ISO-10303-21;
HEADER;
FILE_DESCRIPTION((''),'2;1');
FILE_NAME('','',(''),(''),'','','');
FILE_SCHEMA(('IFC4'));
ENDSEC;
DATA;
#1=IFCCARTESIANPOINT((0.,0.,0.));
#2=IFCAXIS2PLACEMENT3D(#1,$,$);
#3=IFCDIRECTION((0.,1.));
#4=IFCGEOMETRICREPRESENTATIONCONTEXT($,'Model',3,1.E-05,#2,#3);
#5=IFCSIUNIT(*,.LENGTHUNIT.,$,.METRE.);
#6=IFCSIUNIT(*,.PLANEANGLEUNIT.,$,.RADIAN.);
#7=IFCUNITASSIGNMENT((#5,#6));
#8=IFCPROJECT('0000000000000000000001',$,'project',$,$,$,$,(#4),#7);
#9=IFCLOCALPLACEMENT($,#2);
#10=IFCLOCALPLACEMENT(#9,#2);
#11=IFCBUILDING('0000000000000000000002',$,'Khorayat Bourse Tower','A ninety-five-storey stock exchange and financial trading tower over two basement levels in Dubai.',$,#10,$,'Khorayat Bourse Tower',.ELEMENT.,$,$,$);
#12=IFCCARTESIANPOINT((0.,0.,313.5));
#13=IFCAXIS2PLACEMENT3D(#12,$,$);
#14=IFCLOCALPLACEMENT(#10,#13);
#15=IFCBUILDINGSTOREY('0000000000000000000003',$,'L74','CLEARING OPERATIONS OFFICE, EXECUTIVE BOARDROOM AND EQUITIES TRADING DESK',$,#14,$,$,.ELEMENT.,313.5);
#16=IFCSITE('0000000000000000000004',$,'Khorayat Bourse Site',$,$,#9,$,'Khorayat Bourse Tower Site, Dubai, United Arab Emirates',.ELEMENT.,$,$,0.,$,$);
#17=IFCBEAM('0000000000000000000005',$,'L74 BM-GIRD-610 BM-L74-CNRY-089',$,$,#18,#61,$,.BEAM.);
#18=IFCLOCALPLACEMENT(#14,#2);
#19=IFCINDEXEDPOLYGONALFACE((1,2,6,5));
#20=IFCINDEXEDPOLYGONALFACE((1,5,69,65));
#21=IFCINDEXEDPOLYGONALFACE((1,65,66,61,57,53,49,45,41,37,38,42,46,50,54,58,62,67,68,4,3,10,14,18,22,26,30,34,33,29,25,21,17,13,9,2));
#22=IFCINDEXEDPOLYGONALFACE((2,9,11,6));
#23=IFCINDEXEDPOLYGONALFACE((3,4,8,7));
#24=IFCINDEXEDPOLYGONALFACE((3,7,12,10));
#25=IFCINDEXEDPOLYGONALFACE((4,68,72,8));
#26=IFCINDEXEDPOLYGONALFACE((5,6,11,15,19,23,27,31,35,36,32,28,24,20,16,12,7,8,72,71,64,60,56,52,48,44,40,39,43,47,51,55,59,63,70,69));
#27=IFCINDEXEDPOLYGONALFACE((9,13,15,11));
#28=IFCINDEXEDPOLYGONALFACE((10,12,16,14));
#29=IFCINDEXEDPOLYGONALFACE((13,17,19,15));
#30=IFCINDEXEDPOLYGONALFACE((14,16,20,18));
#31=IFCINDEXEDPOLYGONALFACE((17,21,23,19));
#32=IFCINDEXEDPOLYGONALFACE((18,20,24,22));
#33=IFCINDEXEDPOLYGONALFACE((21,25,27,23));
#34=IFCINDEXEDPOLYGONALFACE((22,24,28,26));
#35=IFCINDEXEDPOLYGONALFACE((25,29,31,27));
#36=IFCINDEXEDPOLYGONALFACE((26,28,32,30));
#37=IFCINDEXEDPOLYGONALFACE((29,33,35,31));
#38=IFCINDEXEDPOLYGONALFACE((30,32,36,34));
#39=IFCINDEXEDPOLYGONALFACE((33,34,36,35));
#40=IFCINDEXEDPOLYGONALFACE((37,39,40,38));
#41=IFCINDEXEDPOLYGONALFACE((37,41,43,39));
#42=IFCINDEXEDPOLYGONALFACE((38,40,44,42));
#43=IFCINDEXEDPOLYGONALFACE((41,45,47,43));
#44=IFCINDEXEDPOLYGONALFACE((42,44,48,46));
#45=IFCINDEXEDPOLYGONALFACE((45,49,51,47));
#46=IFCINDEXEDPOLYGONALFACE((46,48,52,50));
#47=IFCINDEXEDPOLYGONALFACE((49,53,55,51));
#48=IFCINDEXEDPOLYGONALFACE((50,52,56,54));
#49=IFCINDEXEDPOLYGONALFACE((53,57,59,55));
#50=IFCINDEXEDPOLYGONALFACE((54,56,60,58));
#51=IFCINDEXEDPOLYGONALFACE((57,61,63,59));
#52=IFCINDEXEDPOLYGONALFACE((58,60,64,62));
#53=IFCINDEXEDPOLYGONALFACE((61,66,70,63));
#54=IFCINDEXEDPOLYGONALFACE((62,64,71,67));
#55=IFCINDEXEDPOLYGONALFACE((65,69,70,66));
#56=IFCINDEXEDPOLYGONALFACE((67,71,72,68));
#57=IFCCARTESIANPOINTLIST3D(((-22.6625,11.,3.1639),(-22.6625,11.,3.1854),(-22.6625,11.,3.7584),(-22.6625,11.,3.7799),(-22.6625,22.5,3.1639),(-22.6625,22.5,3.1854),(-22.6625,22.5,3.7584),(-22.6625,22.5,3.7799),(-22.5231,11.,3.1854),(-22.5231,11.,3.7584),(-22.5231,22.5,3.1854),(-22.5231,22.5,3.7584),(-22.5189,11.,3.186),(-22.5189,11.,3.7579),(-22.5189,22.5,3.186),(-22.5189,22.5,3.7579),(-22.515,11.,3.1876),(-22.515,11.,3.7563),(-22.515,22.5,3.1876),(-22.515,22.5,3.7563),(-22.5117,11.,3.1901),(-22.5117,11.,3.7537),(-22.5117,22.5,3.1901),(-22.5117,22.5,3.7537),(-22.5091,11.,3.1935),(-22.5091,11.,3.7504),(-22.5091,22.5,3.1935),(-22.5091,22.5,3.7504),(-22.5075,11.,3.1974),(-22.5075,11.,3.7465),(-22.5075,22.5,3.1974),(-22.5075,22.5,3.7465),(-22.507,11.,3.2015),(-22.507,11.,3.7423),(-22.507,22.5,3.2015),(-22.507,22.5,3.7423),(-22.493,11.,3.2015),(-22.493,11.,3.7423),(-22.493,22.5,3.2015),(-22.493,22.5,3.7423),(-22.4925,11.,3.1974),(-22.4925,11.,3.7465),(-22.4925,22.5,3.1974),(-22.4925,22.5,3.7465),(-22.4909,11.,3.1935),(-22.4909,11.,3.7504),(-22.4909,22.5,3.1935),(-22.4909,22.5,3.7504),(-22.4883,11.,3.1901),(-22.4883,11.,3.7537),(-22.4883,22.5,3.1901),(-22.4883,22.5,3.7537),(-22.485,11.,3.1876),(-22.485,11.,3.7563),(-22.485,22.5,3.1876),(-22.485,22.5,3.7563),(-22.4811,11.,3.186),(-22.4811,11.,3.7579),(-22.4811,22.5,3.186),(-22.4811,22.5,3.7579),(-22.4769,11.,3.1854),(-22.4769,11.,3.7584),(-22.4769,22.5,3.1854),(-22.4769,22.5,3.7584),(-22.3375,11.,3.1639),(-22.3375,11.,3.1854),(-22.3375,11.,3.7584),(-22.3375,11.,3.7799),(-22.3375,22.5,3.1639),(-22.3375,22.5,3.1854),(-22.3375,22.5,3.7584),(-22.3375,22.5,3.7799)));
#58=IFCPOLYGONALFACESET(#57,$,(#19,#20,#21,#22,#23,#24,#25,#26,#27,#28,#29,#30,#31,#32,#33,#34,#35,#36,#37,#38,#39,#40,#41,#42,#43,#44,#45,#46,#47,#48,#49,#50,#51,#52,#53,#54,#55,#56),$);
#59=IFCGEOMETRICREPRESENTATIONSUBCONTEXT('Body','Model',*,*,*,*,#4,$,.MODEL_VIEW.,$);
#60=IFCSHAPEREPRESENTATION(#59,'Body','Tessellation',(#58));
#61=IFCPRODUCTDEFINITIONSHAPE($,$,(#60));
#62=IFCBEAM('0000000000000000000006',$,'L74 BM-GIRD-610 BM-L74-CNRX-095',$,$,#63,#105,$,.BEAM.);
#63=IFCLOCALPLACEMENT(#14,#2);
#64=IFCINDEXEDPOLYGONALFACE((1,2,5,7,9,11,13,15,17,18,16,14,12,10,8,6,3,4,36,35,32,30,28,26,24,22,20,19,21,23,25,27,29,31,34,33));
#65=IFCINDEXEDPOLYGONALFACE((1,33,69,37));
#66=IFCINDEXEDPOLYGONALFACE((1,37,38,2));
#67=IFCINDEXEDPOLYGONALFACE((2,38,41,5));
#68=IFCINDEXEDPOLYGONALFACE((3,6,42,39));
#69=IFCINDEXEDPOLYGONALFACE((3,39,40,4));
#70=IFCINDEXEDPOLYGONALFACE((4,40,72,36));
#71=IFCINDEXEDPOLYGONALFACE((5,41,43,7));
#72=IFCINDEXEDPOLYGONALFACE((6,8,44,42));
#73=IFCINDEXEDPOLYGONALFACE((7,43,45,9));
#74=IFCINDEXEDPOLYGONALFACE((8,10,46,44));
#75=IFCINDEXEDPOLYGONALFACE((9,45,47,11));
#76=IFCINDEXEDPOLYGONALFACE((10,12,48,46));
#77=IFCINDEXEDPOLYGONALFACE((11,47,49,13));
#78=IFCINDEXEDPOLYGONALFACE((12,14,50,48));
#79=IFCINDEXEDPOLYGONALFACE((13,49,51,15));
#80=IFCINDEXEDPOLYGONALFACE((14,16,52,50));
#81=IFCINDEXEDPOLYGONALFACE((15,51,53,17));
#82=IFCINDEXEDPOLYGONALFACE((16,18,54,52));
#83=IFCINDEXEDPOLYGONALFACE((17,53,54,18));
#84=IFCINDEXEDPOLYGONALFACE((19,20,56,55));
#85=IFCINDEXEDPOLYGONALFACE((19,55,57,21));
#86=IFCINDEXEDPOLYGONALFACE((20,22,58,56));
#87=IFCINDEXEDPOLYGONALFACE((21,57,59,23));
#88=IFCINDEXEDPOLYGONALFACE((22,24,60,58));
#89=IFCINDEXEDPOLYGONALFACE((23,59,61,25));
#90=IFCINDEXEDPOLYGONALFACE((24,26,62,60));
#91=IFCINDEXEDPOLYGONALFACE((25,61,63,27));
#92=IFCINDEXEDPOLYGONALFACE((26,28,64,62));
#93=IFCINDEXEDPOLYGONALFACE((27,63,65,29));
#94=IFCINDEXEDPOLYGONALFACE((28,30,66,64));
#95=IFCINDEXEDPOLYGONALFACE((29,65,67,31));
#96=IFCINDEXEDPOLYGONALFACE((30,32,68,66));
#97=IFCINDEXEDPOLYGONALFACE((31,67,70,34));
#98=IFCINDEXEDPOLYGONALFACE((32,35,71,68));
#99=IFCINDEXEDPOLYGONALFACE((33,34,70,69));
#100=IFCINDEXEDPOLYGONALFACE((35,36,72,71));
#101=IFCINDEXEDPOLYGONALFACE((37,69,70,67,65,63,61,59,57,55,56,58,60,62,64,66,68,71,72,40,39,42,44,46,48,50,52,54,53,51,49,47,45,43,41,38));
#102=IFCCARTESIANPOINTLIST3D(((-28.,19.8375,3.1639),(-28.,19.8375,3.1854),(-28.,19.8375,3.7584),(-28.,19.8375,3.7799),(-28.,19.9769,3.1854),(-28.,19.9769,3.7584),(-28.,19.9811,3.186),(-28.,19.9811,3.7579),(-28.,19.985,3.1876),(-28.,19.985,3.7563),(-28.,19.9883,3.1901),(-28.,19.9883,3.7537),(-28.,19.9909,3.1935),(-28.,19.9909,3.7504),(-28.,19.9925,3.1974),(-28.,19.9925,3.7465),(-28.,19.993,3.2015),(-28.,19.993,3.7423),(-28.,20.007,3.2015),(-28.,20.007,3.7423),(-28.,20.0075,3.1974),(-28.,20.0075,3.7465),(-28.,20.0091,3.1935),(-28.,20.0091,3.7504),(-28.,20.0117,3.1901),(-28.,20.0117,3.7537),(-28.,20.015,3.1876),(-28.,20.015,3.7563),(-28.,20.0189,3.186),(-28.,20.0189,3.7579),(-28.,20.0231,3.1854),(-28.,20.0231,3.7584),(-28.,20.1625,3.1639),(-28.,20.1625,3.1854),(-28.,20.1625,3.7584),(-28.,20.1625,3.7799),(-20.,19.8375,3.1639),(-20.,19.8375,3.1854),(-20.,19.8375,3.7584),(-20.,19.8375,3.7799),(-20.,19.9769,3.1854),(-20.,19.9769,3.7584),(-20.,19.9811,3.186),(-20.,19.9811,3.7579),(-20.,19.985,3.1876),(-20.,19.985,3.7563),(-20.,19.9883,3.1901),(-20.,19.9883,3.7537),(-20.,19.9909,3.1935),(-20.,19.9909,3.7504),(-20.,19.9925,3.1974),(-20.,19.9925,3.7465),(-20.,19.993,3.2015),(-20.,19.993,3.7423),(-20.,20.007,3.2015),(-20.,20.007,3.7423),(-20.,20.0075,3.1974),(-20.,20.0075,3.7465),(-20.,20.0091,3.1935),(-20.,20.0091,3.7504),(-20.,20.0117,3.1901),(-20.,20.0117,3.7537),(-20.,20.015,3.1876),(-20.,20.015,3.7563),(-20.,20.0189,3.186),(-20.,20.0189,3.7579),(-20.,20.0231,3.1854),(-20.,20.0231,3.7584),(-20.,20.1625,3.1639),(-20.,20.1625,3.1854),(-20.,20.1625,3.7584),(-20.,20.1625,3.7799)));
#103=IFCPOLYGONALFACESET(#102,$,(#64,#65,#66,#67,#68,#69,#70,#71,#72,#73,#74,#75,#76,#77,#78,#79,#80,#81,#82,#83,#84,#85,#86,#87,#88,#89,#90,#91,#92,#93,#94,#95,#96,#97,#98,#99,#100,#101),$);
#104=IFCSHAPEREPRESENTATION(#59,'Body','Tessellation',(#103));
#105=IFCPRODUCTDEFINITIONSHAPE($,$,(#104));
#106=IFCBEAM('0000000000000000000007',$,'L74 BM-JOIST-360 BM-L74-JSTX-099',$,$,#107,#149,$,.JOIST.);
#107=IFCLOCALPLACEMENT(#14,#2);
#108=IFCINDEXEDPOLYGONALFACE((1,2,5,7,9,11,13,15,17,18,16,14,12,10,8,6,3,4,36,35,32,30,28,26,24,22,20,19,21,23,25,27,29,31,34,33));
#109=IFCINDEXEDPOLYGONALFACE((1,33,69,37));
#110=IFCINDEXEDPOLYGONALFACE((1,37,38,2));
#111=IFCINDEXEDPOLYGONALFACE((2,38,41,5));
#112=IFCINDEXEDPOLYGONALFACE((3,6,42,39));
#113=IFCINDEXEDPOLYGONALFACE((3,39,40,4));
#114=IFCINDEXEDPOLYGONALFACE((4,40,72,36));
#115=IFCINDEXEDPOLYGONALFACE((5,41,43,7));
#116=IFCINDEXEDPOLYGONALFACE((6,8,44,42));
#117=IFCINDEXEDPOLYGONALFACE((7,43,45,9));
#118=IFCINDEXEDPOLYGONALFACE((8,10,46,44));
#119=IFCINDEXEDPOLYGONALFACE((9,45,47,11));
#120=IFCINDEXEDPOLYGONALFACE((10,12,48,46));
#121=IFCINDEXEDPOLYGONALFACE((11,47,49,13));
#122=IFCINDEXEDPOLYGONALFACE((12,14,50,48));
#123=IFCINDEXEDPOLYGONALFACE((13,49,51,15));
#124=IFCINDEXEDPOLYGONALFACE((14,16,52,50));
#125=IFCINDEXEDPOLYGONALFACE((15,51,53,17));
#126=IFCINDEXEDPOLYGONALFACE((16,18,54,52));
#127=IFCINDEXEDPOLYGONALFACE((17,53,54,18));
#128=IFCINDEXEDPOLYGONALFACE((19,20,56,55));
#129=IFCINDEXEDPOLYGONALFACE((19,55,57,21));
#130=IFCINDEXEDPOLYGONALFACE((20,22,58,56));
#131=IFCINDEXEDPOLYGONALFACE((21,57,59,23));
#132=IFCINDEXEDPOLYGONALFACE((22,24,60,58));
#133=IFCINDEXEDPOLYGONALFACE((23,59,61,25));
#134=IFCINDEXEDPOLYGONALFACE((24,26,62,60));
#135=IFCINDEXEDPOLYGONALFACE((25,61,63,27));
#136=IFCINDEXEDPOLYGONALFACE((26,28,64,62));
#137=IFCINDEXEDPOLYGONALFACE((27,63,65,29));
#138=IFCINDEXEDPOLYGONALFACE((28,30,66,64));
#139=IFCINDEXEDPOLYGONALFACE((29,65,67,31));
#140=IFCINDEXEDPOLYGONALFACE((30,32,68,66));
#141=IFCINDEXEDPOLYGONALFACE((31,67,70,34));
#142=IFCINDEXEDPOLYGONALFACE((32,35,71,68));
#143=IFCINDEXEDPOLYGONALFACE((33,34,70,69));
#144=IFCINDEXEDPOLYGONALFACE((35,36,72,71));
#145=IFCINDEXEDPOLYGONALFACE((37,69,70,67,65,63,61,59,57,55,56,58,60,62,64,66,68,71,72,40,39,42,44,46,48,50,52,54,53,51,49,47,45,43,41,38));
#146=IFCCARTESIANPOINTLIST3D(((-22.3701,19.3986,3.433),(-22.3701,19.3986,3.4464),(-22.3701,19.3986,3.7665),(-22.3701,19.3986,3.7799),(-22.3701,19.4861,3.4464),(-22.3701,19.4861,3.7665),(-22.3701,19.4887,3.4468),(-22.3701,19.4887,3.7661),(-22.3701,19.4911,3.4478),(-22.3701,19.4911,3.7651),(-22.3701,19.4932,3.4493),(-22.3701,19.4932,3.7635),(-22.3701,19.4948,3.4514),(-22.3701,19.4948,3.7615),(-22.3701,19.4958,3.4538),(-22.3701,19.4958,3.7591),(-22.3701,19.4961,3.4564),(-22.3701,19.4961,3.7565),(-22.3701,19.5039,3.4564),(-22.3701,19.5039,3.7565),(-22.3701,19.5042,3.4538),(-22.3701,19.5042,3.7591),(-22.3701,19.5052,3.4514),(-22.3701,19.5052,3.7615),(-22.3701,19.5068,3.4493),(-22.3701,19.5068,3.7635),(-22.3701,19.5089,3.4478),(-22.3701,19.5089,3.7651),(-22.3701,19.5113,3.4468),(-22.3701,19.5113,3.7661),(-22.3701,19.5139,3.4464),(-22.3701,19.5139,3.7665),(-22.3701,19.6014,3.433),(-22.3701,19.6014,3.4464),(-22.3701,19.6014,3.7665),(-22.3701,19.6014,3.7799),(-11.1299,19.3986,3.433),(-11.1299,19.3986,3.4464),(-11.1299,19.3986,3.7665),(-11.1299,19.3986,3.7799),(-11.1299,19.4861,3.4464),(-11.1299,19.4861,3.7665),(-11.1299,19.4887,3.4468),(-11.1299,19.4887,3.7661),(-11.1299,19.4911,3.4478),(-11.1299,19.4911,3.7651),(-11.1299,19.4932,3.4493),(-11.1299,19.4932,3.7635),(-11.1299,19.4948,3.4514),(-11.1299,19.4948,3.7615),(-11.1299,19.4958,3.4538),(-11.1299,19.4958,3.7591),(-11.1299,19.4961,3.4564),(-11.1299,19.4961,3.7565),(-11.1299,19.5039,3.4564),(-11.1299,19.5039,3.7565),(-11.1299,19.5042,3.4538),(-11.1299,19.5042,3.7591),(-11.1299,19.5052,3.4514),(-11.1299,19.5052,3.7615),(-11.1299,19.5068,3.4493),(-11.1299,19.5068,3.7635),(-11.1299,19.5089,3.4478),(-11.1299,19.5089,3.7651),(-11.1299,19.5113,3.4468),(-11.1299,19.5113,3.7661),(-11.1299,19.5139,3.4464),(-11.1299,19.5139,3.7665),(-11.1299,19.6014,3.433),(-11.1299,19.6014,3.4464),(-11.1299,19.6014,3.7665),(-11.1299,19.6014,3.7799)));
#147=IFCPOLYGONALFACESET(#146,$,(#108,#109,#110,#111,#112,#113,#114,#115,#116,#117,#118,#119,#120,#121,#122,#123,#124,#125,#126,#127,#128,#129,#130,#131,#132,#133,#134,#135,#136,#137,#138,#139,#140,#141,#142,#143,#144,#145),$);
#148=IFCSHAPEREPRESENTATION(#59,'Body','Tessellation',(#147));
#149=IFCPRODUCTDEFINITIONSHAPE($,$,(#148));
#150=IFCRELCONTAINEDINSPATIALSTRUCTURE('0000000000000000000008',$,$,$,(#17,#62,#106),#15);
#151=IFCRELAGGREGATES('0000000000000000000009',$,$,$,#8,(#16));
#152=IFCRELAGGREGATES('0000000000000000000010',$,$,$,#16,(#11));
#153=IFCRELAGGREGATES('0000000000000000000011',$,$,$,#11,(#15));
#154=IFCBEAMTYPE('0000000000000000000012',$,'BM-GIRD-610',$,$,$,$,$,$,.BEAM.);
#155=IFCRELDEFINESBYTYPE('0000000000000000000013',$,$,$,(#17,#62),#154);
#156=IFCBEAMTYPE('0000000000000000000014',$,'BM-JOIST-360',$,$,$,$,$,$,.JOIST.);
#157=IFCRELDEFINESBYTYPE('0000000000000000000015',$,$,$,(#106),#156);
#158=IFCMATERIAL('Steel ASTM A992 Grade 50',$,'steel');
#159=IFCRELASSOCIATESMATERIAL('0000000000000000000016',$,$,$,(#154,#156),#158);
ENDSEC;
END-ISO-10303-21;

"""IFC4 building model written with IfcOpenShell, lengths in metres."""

from ifc_helpers import new_model, si_unit, direction, frame, origin, origin_2d, place, context, subcontext, project, spatial, i_section, extrude, source, transform, mapped, material, material_profile, profile_set, type_object, element, save


model = new_model("IFC4")

# Units and contexts
model_context = context("Model", 3, precision=1e-05, world=origin(), true_north=direction((0.0, 1.0)))
body_context = subcontext(model_context, "Body", "Model", "MODEL_VIEW")
ifc_project = project(units=[si_unit("LENGTHUNIT", "METRE"), si_unit("PLANEANGLEUNIT", "RADIAN")], contexts=[model_context])

# Site, building, storey
site_placement = place(None, origin())
site = spatial("IfcSite", under=ifc_project, at=site_placement, Name="Khorayat Bourse Site", LongName="Khorayat Bourse Tower Site, Dubai, United Arab Emirates", CompositionType="ELEMENT", RefElevation=0.0)
building_placement = place(site_placement, origin())
building = spatial("IfcBuilding", under=site, at=building_placement, Name="Khorayat Bourse Tower", Description="A ninety-five-storey stock exchange and financial trading tower over two basement levels in Dubai.", LongName="Khorayat Bourse Tower", CompositionType="ELEMENT")
storey_placement = place(building_placement, frame((0.0, 0.0, 313.5)))
storey = spatial("IfcBuildingStorey", under=building, at=storey_placement, Name="L74", Description="CLEARING OPERATIONS OFFICE, EXECUTIVE BOARDROOM AND EQUITIES TRADING DESK", CompositionType="ELEMENT", Elevation=313.5)

# Beams
ifc_material_1 = material(Name="Steel ASTM A992 Grade 50", Category="steel")
ifc_material_profile_1 = material_profile(ifc_material_1, i_section(OverallWidth=0.325, OverallDepth=0.616, WebThickness=0.0139, FlangeThickness=0.0215, FilletRadius=0.0161, at=origin_2d()), Name="W610X174")
ifc_profile_set_1 = profile_set([ifc_material_profile_1], Name="Steel ASTM A992 Grade 50")
beam_type_1 = type_object("IfcBeamType", Name="BM-GIRD-610", PredefinedType="BEAM", material=ifc_profile_set_1)
shared_shape_1 = source(origin(), body_context, "Body", "SweptSolid", [
    extrude(i_section(OverallWidth=0.325, OverallDepth=0.616, WebThickness=0.0139, FlangeThickness=0.0215, FilletRadius=0.0161, at=origin_2d()), origin(), (0.0, 0.0, 1.0), 11.5),
])
beam_1_placement = place(storey_placement, frame((-22.5, 11.0, 3.4719), z_axis=(0.0, 1.0, 0.0), x_axis=(-1.0, 0.0, 0.0)))
element("IfcBeam", 1, at=beam_1_placement, inside=storey, type_object=beam_type_1, Name="L74 BM-GIRD-610 BM-L74-CNRY-089", PredefinedType="BEAM", context=body_context, shape_type="MappedRepresentation", body=[
    mapped(shared_shape_1, transform((0.0, 0.0, 0.0), scale=1.0)),
])
shared_shape_2 = source(origin(), body_context, "Body", "SweptSolid", [
    extrude(i_section(OverallWidth=0.325, OverallDepth=0.616, WebThickness=0.0139, FlangeThickness=0.0215, FilletRadius=0.0161, at=origin_2d()), origin(), (0.0, 0.0, 1.0), 8.0),
])
beam_2_placement = place(storey_placement, frame((-28.0, 20.0, 3.4719), z_axis=(1.0, 0.0, 0.0), x_axis=(0.0, 1.0, 0.0)))
element("IfcBeam", 2, at=beam_2_placement, inside=storey, type_object=beam_type_1, Name="L74 BM-GIRD-610 BM-L74-CNRX-095", PredefinedType="BEAM", context=body_context, shape_type="MappedRepresentation", body=[
    mapped(shared_shape_2, transform((0.0, 0.0, 0.0), scale=1.0)),
])
ifc_material_profile_2 = material_profile(ifc_material_1, i_section(OverallWidth=0.2029, OverallDepth=0.3469, WebThickness=0.0078, FlangeThickness=0.0134, FilletRadius=0.01, at=origin_2d()), Name="W360X64")
ifc_profile_set_2 = profile_set([ifc_material_profile_2], Name="Steel ASTM A992 Grade 50")
beam_type_2 = type_object("IfcBeamType", Name="BM-JOIST-360", PredefinedType="JOIST", material=ifc_profile_set_2)
shared_shape_3 = source(origin(), body_context, "Body", "SweptSolid", [
    extrude(i_section(OverallWidth=0.2029, OverallDepth=0.3469, WebThickness=0.0078, FlangeThickness=0.0134, FilletRadius=0.01, at=origin_2d()), origin(), (0.0, 0.0, 1.0), 11.2402),
])
beam_3_placement = place(storey_placement, frame((-22.3701, 19.5, 3.6064), z_axis=(1.0, 0.0, 0.0), x_axis=(0.0, 1.0, 0.0)))
element("IfcBeam", 3, at=beam_3_placement, inside=storey, type_object=beam_type_2, Name="L74 BM-JOIST-360 BM-L74-JSTX-099", PredefinedType="JOIST", context=body_context, shape_type="MappedRepresentation", body=[
    mapped(shared_shape_3, transform((0.0, 0.0, 0.0), scale=1.0)),
])

save(model, "model.ifc")
